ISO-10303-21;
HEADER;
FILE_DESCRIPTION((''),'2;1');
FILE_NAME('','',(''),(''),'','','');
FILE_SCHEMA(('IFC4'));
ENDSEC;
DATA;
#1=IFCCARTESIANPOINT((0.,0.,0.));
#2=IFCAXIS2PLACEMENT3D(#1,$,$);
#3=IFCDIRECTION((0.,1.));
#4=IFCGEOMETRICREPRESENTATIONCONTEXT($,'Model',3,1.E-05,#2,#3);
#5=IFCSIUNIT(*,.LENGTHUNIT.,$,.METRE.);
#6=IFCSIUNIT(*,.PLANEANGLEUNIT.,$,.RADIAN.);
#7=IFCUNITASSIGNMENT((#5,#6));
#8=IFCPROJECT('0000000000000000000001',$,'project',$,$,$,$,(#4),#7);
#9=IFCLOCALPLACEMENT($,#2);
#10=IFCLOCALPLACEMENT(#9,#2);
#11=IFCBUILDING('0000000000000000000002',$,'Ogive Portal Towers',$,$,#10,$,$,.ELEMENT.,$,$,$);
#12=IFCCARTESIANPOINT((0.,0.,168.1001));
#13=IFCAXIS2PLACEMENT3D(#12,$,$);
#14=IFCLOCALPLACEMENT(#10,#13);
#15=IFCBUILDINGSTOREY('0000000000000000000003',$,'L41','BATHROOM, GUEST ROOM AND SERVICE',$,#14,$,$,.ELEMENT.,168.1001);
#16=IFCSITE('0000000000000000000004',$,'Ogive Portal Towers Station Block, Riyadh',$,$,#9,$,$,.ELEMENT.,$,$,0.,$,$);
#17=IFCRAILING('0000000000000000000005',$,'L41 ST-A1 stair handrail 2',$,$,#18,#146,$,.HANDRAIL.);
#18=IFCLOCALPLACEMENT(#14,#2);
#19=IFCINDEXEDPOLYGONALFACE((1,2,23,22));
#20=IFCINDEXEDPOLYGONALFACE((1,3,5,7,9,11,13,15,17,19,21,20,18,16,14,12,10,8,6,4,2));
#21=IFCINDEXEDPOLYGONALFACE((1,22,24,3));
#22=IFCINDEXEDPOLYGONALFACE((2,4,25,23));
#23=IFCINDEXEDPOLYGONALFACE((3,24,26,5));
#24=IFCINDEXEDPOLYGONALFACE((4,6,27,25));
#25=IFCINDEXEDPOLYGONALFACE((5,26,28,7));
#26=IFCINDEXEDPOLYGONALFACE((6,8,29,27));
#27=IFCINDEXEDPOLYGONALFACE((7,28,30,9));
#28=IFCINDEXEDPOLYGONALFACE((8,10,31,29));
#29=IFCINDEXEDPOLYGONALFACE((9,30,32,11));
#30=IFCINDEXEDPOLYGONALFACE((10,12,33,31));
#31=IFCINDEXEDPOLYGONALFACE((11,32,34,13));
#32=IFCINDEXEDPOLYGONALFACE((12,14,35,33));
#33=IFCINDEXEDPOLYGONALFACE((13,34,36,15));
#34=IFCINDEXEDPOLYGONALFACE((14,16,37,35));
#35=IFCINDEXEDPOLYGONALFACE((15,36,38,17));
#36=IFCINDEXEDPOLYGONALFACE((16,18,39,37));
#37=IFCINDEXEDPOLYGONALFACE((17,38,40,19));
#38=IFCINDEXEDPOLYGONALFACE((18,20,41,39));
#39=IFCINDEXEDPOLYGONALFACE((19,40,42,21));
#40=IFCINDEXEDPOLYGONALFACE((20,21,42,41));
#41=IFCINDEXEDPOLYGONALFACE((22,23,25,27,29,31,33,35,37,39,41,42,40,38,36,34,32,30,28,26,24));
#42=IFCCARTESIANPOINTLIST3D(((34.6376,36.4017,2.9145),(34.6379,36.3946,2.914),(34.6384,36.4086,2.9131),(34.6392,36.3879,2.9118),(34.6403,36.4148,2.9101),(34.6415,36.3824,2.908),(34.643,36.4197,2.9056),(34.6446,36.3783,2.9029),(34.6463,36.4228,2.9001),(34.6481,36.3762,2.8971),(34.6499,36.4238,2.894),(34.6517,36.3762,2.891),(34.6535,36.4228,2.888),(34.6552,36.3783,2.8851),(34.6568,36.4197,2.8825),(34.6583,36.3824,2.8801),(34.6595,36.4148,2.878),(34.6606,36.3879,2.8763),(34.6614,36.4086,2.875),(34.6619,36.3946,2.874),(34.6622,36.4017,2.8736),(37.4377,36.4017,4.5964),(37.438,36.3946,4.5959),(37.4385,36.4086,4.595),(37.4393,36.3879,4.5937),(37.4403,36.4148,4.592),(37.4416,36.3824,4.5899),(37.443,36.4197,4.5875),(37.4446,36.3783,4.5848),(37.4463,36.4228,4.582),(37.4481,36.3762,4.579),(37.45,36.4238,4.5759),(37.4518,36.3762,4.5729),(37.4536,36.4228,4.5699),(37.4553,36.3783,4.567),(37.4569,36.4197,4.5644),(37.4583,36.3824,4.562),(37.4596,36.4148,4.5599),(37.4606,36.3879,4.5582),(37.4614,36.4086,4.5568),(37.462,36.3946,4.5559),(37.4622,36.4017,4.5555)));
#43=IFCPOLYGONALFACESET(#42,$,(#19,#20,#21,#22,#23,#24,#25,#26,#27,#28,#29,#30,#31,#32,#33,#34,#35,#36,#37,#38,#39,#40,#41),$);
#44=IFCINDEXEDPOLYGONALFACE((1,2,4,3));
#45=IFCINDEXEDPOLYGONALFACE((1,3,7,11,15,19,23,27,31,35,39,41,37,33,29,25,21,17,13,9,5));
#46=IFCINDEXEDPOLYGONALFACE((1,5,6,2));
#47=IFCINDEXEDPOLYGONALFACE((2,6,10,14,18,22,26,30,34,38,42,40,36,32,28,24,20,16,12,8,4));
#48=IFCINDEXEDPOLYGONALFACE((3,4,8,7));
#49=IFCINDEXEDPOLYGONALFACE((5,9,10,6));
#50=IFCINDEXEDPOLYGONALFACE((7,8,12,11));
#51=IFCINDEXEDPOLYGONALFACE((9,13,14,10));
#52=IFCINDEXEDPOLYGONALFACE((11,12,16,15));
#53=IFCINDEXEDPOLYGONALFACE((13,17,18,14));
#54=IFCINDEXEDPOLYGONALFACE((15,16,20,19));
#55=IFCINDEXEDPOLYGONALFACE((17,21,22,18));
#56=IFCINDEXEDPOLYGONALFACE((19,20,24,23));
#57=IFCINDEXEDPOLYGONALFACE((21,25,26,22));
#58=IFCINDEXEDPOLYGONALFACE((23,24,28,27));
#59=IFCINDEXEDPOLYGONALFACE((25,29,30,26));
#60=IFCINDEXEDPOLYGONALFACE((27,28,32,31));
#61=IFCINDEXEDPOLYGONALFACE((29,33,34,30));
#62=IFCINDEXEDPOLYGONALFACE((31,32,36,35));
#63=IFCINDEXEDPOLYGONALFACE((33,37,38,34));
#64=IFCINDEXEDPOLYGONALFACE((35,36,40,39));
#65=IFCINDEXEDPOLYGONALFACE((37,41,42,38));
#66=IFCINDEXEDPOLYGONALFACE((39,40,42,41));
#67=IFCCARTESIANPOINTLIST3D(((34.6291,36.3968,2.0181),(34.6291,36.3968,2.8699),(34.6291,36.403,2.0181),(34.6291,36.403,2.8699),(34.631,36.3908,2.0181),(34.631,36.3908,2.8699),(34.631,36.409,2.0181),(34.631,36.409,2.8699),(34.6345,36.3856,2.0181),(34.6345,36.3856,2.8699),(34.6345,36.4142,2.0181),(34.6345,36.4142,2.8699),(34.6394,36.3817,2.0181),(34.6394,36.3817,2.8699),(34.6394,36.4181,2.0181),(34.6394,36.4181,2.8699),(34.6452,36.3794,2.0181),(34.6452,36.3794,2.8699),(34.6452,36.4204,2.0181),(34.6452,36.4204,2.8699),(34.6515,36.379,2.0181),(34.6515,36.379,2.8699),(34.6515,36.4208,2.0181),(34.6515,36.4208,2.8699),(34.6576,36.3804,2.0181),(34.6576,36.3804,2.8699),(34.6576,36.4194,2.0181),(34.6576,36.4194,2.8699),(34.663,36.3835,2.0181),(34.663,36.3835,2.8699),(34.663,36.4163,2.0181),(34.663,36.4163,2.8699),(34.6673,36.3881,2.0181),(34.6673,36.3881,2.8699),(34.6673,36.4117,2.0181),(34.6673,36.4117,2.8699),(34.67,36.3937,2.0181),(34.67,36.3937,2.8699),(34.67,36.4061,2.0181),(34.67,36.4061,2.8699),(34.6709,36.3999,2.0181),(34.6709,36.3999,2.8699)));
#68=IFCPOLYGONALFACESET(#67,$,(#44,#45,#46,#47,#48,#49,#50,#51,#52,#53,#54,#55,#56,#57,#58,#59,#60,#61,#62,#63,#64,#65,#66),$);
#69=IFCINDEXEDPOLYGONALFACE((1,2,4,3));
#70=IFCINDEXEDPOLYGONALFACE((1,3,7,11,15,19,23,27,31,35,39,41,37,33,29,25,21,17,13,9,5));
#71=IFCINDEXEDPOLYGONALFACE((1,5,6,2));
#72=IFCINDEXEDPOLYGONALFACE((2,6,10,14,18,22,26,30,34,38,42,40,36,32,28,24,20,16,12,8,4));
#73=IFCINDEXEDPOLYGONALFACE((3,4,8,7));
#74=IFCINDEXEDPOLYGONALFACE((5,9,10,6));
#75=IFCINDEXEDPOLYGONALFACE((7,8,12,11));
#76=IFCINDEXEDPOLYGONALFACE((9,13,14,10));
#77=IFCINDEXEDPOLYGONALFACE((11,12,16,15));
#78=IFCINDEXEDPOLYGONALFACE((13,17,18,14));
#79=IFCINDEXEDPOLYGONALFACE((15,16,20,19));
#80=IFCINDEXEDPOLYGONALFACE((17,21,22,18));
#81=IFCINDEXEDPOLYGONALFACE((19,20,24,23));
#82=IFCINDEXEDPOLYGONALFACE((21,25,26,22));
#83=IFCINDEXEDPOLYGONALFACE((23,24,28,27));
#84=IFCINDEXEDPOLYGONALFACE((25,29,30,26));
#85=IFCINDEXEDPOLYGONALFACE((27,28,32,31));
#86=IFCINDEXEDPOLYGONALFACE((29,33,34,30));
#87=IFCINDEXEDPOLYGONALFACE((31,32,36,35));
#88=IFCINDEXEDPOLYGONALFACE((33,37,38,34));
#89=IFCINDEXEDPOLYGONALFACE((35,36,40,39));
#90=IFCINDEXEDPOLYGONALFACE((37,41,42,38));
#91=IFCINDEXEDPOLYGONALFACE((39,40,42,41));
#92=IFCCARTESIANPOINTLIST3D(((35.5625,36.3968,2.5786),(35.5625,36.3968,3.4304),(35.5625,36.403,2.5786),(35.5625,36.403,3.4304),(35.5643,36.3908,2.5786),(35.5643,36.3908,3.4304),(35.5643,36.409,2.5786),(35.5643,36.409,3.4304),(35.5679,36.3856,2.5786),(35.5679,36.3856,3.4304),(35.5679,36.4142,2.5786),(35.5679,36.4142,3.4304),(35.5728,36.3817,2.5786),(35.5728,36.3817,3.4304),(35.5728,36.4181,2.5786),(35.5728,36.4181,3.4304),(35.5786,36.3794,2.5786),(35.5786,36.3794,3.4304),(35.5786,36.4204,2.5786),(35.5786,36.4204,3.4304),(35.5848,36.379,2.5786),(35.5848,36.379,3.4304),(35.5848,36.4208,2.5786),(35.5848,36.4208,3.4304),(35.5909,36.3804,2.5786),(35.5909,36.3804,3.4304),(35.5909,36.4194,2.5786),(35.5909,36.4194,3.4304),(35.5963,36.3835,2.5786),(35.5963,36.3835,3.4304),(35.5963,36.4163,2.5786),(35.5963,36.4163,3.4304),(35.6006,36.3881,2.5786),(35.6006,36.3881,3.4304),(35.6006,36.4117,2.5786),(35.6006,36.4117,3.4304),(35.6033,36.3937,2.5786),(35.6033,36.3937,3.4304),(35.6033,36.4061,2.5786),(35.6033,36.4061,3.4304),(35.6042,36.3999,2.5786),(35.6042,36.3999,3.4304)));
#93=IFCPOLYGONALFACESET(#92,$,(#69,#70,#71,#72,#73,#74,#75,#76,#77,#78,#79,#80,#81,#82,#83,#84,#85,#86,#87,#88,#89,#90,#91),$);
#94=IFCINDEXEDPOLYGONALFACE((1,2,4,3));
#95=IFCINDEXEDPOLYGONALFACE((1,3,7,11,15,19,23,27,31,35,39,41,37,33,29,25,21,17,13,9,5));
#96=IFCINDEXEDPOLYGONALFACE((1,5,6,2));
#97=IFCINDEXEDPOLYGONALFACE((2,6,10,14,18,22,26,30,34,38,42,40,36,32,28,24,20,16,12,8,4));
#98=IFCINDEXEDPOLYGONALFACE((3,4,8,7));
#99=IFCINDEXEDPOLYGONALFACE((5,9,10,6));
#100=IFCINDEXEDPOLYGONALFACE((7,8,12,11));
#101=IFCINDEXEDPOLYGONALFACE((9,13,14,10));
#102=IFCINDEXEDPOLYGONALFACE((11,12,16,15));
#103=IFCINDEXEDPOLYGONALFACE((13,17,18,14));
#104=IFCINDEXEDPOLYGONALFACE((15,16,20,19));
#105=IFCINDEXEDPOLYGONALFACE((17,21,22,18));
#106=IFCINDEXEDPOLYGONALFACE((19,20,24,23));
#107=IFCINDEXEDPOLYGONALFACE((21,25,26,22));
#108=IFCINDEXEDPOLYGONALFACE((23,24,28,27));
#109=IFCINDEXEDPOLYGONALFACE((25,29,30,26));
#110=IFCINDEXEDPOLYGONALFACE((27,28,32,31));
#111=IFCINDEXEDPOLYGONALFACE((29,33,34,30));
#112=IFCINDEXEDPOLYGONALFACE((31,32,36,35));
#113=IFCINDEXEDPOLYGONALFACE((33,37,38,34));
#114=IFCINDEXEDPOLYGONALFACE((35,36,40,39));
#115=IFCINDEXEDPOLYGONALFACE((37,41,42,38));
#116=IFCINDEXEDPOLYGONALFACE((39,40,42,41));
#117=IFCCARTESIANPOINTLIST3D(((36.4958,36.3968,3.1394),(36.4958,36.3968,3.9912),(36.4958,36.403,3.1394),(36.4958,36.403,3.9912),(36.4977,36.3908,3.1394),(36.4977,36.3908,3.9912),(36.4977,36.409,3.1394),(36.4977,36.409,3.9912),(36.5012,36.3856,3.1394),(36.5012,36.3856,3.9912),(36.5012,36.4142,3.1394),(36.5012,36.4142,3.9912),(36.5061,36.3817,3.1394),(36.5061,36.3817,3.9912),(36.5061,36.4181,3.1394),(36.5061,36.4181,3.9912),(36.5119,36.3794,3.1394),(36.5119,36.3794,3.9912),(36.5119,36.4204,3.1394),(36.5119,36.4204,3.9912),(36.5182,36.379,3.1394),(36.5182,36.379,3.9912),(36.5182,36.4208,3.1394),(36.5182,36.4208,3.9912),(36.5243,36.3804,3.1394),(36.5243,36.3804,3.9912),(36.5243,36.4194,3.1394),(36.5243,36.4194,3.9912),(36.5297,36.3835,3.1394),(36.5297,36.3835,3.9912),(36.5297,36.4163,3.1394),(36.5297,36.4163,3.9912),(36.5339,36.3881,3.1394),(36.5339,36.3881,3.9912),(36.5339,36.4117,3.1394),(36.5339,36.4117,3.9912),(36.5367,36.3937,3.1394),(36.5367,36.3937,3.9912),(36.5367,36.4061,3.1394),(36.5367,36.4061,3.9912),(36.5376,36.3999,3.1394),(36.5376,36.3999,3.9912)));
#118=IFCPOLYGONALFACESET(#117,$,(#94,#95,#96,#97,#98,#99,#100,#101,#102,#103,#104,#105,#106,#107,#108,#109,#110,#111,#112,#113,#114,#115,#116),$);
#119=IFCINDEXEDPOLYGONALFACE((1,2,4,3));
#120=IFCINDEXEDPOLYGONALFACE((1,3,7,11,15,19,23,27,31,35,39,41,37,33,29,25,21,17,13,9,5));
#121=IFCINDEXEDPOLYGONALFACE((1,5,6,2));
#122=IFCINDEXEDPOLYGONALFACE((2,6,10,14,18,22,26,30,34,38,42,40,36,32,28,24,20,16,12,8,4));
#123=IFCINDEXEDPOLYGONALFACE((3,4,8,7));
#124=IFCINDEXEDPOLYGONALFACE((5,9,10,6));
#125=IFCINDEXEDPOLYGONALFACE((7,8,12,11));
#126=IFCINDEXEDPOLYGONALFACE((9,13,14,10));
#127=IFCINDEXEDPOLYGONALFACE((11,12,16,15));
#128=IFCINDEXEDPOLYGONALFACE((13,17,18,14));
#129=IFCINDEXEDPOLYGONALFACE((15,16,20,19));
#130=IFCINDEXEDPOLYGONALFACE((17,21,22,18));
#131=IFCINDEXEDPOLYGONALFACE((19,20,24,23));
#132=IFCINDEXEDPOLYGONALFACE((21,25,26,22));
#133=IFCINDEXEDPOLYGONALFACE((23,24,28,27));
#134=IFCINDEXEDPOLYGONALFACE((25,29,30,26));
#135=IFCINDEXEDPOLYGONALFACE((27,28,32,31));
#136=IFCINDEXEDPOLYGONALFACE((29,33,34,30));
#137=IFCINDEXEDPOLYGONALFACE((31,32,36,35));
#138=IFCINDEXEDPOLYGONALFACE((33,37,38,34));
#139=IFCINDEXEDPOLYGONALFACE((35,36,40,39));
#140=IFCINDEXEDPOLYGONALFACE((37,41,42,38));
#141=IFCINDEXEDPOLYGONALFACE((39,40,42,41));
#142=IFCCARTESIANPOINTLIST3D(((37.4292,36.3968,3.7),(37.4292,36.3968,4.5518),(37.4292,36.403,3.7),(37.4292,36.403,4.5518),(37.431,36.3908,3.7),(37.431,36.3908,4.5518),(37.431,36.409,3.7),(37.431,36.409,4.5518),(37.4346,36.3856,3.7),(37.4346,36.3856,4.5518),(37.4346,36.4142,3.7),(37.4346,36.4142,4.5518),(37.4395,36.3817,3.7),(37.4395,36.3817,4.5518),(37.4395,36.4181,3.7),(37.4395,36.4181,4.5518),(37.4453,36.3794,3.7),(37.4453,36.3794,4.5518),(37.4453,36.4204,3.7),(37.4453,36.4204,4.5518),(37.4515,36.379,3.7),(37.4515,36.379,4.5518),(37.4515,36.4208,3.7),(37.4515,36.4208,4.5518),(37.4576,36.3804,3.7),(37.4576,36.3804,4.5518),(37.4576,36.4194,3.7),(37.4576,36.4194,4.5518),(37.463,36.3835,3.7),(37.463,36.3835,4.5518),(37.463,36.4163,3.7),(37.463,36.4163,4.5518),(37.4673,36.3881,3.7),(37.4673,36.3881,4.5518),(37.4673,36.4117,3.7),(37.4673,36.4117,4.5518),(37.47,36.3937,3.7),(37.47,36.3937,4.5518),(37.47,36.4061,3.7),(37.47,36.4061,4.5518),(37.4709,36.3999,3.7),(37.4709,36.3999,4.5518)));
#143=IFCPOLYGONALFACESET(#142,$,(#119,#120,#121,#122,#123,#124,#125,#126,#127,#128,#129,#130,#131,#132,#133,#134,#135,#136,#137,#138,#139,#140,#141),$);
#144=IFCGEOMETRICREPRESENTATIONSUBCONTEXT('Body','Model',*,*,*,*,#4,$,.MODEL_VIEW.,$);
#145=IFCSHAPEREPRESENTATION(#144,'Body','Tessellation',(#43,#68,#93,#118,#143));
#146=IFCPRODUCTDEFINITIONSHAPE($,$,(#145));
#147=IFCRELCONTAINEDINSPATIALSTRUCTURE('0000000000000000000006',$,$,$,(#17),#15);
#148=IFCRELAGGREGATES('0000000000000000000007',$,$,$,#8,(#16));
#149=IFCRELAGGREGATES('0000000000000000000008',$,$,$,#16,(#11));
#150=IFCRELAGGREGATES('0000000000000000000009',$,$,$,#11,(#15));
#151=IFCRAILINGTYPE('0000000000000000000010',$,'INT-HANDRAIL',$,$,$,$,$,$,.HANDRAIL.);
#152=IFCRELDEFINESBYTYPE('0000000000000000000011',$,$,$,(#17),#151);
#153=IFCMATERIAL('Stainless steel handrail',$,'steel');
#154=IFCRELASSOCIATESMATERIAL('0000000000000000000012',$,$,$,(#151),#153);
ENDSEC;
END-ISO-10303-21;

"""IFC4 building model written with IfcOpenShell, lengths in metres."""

from ifc_helpers import new_model, si_unit, direction, frame, origin, origin_2d, place, context, subcontext, project, spatial, circle, extrude, material, type_object, element, save


model = new_model("IFC4")

# Units and contexts
model_context = context("Model", 3, precision=1e-05, world=origin(), true_north=direction((0.0, 1.0)))
body_context = subcontext(model_context, "Body", "Model", "MODEL_VIEW")
ifc_project = project(units=[si_unit("LENGTHUNIT", "METRE"), si_unit("PLANEANGLEUNIT", "RADIAN")], contexts=[model_context])

# Site, building, storey
site_placement = place(None, origin())
site = spatial("IfcSite", under=ifc_project, at=site_placement, Name="Ogive Portal Towers Station Block, Riyadh", CompositionType="ELEMENT", RefElevation=0.0)
building_placement = place(site_placement, origin())
building = spatial("IfcBuilding", under=site, at=building_placement, Name="Ogive Portal Towers", CompositionType="ELEMENT")
storey_placement = place(building_placement, frame((0.0, 0.0, 168.1001)))
storey = spatial("IfcBuildingStorey", under=building, at=storey_placement, Name="L41", Description="BATHROOM, GUEST ROOM AND SERVICE", CompositionType="ELEMENT", Elevation=168.1001)

# Railing
ifc_material_1 = material(Name="Stainless steel handrail", Category="steel")
railing_type_1 = type_object("IfcRailingType", Name="INT-HANDRAIL", PredefinedType="HANDRAIL", material=ifc_material_1)
railing_1_placement = place(storey_placement, frame((34.6499, 36.3999, 2.0181)))
element("IfcRailing", 1, at=railing_1_placement, inside=storey, type_object=railing_type_1, Name="L41 ST-A1 stair handrail 2", PredefinedType="HANDRAIL", context=body_context, shape_type="SweptSolid", body=[
    extrude(circle(Radius=0.0239, at=origin_2d()), frame((0.0, 0.0, 0.876), z_axis=(0.857242, 0.0, 0.514913), x_axis=(0.0, 1.0, 0.0)), (0.0, 0.0, 1.0), 3.2664),
    extrude(circle(Radius=0.021, at=origin_2d()), origin(), (0.0, 0.0, 1.0), 0.8518),
    extrude(circle(Radius=0.021, at=origin_2d()), frame((0.9333, 0.0, 0.5605)), (0.0, 0.0, 1.0), 0.8518),
    extrude(circle(Radius=0.021, at=origin_2d()), frame((1.8667, 0.0, 1.1213)), (0.0, 0.0, 1.0), 0.8518),
    extrude(circle(Radius=0.021, at=origin_2d()), frame((2.8, 0.0, 1.6819)), (0.0, 0.0, 1.0), 0.8518),
])

save(model, "model.ifc")
